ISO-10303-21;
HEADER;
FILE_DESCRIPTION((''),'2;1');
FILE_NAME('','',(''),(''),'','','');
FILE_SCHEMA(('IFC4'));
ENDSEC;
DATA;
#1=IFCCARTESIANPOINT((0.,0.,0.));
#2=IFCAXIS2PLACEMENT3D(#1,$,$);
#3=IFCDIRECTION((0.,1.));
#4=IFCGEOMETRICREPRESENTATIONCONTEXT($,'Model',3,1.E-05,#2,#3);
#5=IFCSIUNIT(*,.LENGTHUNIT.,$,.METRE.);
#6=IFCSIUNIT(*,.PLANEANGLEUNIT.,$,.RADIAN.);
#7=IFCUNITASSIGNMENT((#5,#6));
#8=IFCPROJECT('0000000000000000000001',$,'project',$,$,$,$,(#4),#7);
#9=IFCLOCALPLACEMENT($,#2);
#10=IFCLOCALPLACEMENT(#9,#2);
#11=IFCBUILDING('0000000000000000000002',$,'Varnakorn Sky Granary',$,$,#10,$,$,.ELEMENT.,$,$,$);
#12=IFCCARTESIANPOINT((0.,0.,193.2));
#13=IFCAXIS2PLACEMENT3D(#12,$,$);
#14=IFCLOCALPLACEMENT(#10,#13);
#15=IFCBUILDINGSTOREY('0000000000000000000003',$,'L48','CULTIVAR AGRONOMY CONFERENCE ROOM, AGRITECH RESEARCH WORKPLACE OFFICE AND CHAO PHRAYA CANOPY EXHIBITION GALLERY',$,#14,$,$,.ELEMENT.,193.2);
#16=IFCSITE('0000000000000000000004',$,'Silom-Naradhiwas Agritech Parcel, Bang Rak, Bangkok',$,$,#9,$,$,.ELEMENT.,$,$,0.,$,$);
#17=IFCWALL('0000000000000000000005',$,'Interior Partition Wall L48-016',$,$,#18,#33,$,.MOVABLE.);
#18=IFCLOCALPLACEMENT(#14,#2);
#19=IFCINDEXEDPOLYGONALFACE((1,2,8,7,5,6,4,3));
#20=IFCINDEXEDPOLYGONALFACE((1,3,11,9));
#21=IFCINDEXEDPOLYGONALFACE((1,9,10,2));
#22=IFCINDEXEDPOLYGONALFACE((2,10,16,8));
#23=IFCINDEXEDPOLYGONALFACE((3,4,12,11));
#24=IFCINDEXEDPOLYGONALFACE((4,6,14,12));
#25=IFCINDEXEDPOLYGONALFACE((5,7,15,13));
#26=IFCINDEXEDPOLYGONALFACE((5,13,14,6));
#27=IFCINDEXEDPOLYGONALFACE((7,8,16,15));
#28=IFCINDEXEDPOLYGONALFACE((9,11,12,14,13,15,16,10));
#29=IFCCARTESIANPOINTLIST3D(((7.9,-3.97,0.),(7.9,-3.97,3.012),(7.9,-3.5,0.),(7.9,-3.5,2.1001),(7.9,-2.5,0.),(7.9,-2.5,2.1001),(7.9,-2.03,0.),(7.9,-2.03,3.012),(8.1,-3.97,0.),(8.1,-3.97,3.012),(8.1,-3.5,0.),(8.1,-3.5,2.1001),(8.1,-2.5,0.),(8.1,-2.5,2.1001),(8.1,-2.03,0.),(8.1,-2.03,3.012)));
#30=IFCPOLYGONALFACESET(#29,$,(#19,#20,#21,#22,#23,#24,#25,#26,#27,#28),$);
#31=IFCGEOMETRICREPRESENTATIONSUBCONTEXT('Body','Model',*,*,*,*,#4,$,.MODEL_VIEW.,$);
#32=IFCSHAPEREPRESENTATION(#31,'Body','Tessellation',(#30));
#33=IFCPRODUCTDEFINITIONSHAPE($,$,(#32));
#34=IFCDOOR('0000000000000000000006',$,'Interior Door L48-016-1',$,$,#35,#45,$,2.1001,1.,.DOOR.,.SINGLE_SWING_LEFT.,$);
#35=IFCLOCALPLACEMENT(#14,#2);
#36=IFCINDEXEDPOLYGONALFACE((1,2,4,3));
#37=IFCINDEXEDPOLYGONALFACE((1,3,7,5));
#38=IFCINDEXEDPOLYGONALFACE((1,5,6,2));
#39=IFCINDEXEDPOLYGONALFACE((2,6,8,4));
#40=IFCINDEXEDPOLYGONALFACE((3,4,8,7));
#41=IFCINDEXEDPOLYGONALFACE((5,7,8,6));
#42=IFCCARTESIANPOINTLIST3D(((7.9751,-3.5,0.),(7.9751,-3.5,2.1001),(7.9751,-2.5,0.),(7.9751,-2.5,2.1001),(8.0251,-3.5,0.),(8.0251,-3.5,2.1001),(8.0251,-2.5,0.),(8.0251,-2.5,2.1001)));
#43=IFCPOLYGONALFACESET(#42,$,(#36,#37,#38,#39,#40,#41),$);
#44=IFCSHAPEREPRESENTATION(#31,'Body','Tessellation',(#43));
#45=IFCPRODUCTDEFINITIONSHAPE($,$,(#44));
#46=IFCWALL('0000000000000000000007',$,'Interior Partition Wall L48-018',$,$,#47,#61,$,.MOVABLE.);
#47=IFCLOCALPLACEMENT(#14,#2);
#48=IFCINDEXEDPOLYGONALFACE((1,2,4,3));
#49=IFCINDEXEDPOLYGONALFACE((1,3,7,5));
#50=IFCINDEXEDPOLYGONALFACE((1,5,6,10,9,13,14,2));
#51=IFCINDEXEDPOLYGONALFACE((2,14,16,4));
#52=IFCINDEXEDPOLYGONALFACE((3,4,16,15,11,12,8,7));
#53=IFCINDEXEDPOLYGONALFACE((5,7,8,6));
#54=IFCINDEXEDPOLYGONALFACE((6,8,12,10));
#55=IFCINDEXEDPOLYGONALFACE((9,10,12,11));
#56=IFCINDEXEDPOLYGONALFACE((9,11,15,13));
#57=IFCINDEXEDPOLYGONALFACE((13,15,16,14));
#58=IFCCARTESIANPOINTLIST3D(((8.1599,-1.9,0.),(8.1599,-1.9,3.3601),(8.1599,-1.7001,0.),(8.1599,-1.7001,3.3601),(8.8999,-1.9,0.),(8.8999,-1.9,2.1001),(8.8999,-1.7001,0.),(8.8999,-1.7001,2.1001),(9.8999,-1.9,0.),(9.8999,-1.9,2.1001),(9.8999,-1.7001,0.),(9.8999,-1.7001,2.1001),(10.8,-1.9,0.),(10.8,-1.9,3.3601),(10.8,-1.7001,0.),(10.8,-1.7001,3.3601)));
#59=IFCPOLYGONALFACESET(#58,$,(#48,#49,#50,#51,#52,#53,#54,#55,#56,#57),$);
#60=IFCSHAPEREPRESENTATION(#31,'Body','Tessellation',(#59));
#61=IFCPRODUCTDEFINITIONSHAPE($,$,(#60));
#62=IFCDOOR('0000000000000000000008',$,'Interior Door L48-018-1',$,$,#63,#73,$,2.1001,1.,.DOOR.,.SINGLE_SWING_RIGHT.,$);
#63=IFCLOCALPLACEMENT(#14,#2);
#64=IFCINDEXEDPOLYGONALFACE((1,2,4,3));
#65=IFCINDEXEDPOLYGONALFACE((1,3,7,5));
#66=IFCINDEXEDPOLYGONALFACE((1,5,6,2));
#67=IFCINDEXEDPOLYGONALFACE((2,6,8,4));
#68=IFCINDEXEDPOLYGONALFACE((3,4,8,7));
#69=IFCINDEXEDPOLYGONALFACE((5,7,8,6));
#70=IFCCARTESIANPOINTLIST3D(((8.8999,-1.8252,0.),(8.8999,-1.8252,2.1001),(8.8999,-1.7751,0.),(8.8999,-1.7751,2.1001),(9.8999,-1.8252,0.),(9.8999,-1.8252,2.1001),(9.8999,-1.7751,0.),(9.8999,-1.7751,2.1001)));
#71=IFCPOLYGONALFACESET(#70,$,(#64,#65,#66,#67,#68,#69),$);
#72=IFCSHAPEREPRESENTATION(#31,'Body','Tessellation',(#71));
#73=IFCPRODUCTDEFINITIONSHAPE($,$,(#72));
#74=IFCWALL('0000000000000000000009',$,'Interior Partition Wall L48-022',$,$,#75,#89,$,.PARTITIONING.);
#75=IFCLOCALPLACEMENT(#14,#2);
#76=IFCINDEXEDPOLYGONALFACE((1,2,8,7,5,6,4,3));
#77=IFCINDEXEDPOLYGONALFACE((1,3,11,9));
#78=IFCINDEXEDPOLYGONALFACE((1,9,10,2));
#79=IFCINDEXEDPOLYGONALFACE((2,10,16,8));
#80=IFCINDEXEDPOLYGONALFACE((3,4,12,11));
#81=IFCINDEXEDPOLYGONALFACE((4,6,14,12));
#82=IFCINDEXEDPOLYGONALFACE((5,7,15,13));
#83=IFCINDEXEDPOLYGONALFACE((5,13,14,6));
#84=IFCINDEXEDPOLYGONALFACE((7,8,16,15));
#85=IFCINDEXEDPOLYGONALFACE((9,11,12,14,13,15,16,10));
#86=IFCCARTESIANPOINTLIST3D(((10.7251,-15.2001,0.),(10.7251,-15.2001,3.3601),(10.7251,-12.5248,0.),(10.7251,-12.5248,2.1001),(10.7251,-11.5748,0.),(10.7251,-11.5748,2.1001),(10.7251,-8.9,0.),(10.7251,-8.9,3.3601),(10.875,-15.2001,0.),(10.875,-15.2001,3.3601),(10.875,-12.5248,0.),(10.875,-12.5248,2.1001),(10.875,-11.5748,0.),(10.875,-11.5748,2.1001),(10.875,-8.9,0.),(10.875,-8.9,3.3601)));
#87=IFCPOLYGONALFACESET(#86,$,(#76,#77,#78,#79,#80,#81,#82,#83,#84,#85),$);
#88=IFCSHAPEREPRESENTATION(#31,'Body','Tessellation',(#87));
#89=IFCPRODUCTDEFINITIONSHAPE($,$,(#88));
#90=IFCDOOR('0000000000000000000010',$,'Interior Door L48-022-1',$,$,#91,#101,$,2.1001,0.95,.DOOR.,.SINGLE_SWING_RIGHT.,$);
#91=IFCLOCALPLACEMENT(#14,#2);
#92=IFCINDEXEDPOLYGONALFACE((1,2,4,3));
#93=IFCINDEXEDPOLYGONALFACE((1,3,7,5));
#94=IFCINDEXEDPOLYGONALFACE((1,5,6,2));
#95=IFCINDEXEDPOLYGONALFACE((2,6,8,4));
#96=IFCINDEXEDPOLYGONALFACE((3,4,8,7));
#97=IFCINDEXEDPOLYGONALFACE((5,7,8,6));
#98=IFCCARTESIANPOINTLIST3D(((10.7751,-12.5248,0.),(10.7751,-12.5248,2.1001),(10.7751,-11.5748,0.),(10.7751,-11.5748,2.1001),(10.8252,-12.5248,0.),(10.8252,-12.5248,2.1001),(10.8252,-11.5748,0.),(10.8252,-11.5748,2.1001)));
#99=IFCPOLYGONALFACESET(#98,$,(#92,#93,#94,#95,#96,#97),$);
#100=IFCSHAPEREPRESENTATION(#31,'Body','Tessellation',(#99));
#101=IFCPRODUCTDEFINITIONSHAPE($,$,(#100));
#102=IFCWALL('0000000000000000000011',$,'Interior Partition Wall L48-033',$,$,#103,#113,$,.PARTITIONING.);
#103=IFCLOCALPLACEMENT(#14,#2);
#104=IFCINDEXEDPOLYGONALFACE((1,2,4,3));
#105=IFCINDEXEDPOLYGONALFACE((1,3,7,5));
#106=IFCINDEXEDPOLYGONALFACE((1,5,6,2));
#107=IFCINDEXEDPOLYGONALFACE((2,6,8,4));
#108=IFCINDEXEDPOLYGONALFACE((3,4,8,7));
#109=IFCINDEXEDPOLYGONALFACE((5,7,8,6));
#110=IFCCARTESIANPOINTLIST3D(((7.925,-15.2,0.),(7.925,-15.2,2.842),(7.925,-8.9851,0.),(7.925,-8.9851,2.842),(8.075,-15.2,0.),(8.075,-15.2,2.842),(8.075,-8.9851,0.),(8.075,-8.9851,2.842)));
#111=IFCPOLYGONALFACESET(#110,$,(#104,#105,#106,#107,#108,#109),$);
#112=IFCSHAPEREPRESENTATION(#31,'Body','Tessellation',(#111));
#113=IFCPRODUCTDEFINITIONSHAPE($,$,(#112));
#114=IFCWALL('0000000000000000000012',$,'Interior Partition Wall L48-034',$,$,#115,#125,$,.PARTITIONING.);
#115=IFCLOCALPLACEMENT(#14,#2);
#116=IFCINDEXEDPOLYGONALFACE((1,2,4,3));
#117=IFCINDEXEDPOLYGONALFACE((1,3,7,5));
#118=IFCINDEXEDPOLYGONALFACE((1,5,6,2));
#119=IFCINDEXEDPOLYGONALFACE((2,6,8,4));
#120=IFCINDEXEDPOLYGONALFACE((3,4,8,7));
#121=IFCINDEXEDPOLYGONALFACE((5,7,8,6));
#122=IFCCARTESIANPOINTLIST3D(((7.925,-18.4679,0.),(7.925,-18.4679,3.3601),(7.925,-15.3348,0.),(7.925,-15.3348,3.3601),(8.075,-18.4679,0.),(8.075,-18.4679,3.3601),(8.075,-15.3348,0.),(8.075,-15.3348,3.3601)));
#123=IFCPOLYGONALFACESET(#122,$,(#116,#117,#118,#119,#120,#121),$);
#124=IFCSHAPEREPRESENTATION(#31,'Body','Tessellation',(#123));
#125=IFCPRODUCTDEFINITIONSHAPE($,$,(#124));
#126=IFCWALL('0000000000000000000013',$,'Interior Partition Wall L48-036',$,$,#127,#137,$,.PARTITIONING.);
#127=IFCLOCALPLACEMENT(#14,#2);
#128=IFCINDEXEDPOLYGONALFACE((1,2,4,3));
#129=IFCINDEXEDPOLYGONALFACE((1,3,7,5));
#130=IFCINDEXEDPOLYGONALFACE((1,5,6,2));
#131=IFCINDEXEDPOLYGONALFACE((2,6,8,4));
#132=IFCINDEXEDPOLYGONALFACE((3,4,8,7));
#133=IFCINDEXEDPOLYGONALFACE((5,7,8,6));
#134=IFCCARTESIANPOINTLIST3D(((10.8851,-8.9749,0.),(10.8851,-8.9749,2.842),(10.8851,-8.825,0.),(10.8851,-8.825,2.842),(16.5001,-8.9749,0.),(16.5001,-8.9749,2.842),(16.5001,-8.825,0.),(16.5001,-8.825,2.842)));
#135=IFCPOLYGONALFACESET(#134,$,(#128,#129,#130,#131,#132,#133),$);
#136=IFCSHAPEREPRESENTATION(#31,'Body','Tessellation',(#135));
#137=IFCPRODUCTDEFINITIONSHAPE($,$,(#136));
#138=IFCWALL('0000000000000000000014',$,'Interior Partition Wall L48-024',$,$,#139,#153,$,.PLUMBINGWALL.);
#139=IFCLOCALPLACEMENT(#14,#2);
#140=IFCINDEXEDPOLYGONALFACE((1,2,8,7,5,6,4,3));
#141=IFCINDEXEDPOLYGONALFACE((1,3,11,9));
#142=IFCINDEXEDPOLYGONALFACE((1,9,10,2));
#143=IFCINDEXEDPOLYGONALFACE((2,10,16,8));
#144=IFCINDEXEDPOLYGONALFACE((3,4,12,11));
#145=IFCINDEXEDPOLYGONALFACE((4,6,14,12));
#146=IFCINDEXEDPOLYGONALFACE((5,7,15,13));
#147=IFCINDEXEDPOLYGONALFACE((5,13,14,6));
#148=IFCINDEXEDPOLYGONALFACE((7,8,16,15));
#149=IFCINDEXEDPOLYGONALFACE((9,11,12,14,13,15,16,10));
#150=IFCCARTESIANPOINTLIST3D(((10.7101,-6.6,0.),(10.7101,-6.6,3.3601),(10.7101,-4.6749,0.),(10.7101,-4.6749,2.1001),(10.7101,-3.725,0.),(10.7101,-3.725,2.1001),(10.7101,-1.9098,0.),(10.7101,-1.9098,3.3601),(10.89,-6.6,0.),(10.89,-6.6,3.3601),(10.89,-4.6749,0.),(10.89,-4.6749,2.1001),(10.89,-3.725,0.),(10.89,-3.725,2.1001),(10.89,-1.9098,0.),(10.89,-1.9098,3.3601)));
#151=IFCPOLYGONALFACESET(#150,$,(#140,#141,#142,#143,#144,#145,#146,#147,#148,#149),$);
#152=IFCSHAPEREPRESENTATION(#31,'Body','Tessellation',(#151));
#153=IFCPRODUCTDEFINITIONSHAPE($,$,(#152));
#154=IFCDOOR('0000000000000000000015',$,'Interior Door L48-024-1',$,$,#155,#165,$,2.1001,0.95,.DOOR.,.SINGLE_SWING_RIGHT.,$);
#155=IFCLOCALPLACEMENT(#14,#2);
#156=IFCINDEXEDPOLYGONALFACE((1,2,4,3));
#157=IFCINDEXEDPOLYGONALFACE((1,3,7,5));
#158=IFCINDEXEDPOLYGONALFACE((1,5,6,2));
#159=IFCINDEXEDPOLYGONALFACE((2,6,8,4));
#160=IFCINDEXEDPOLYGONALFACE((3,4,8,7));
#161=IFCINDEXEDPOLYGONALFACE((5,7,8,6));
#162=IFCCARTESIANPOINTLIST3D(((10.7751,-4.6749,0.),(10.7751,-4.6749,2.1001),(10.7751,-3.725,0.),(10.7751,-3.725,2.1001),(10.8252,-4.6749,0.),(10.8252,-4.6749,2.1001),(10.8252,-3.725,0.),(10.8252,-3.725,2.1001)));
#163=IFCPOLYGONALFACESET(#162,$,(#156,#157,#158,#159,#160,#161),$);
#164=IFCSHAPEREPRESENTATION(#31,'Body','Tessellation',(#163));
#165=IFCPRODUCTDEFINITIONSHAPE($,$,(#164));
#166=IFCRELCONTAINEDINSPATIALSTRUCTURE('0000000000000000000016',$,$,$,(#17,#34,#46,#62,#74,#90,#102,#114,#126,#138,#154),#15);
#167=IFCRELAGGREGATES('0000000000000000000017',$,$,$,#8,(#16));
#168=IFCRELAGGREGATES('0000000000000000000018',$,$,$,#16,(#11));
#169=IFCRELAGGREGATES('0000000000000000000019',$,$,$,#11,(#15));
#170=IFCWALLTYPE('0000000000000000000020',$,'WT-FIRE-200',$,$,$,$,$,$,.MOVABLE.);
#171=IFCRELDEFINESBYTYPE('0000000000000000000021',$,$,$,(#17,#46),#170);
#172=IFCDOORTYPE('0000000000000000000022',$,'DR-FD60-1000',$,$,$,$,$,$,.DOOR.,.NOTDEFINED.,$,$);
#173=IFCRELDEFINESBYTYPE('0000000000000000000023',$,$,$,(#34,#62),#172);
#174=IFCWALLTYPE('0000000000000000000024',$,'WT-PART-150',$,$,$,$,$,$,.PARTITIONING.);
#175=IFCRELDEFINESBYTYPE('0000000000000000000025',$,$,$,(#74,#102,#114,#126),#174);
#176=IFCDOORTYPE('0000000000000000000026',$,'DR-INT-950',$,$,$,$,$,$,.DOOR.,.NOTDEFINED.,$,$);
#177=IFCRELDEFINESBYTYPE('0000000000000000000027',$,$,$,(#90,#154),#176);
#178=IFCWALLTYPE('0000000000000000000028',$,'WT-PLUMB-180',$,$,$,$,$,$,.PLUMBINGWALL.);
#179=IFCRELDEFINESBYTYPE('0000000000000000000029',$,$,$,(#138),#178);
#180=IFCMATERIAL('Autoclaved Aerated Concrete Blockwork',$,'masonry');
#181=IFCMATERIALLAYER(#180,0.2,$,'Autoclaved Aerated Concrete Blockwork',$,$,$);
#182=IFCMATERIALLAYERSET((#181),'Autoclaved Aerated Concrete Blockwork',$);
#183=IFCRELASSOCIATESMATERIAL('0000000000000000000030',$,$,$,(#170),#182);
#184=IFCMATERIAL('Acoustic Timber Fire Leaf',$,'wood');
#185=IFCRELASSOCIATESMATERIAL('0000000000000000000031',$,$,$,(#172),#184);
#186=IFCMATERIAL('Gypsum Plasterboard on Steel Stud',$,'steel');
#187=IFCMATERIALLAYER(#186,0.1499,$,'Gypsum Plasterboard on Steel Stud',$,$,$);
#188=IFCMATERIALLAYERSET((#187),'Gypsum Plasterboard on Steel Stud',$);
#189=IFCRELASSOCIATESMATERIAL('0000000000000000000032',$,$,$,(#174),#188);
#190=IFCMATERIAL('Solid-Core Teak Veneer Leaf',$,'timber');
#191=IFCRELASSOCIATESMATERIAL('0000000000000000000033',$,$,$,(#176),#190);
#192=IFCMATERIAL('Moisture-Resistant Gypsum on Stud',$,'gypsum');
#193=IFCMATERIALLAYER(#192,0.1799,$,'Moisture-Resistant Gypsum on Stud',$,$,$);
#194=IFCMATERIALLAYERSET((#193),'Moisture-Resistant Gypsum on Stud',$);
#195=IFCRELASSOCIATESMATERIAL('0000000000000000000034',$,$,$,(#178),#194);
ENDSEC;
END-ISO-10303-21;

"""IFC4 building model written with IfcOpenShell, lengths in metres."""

from ifc_helpers import new_model, si_unit, direction, frame, frame_2d, origin, place, context, subcontext, project, spatial, rectangle, extrude, material, layer, layer_set, type_object, element, fill, save


model = new_model("IFC4")

# Units and contexts
model_context = context("Model", 3, precision=1e-05, world=origin(), true_north=direction((0.0, 1.0)))
body_context = subcontext(model_context, "Body", "Model", "MODEL_VIEW")
ifc_project = project(units=[si_unit("LENGTHUNIT", "METRE"), si_unit("PLANEANGLEUNIT", "RADIAN")], contexts=[model_context])

# Site, building, storey
site_placement = place(None, origin())
site = spatial("IfcSite", under=ifc_project, at=site_placement, Name="Silom-Naradhiwas Agritech Parcel, Bang Rak, Bangkok", CompositionType="ELEMENT", RefElevation=0.0)
building_placement = place(site_placement, origin())
building = spatial("IfcBuilding", under=site, at=building_placement, Name="Varnakorn Sky Granary", CompositionType="ELEMENT")
storey_placement = place(building_placement, frame((0.0, 0.0, 193.2)))
storey = spatial("IfcBuildingStorey", under=building, at=storey_placement, Name="L48", Description="CULTIVAR AGRONOMY CONFERENCE ROOM, AGRITECH RESEARCH WORKPLACE OFFICE AND CHAO PHRAYA CANOPY EXHIBITION GALLERY", CompositionType="ELEMENT", Elevation=193.2)

# Walls, openings, doors
ifc_material_1 = material(Name="Autoclaved Aerated Concrete Blockwork", Category="masonry")
ifc_layer_1 = layer(ifc_material_1, 0.2, Name="Autoclaved Aerated Concrete Blockwork")
ifc_layer_set_1 = layer_set([ifc_layer_1], Name="Autoclaved Aerated Concrete Blockwork")
wall_type_1 = type_object("IfcWallType", Name="WT-FIRE-200", PredefinedType="MOVABLE", material=ifc_layer_set_1)
wall_1_placement = place(storey_placement, frame((8.0, -3.97, 0.0), z_axis=(0.0, 0.0, 1.0), x_axis=(0.0, 1.0, 0.0)))
wall_1 = element("IfcWall", 1, at=wall_1_placement, inside=storey, type_object=wall_type_1, Name="Interior Partition Wall L48-016", PredefinedType="MOVABLE", context=body_context, shape_type="SweptSolid", body=[
    extrude(rectangle(XDim=1.9399, YDim=0.2, at=frame_2d((0.97, 0.0))), origin(), (0.0, 0.0, 1.0), 3.012),
])
opening_1_placement = place(wall_1_placement, frame((0.47, 0.0, 0.0)))
opening_1 = element("IfcOpeningElement", 2, at=opening_1_placement, cuts=wall_1, PredefinedType="OPENING", context=body_context, shape_type="SweptSolid", body=[
    extrude(rectangle(XDim=1.0, YDim=2.1001, at=frame_2d((0.5, 1.05))), frame((0.0, 0.1099, 0.0), z_axis=(0.0, -1.0, 0.0), x_axis=(1.0, 0.0, 0.0)), (0.0, 0.0, 1.0), 0.22),
])
ifc_material_2 = material(Name="Acoustic Timber Fire Leaf", Category="wood")
door_type_1 = type_object("IfcDoorType", Name="DR-FD60-1000", OperationType="NOTDEFINED", PredefinedType="DOOR", material=ifc_material_2)
door_1_placement = place(opening_1_placement, origin())
door_1 = element("IfcDoor", 3, at=door_1_placement, inside=storey, type_object=door_type_1, Name="Interior Door L48-016-1", OperationType="SINGLE_SWING_LEFT", OverallHeight=2.1001, OverallWidth=1.0, PredefinedType="DOOR", context=body_context, shape_type="SweptSolid", body=[
    extrude(rectangle(XDim=1.0, YDim=2.1001, at=frame_2d((0.5, 1.05))), frame((0.0, 0.0249, 0.0), z_axis=(0.0, -1.0, 0.0), x_axis=(1.0, 0.0, 0.0)), (0.0, 0.0, 1.0), 0.05),
])
fill(opening_1, door_1)
wall_2_placement = place(storey_placement, frame((8.1599, -1.8, 0.0), z_axis=(0.0, 0.0, 1.0), x_axis=(1.0, 0.0, 0.0)))
wall_2 = element("IfcWall", 4, at=wall_2_placement, inside=storey, type_object=wall_type_1, Name="Interior Partition Wall L48-018", PredefinedType="MOVABLE", context=body_context, shape_type="SweptSolid", body=[
    extrude(rectangle(XDim=2.6401, YDim=0.2, at=frame_2d((1.3201, 0.0))), origin(), (0.0, 0.0, 1.0), 3.3601),
])
opening_2_placement = place(wall_2_placement, frame((0.74, 0.0, 0.0)))
opening_2 = element("IfcOpeningElement", 5, at=opening_2_placement, cuts=wall_2, PredefinedType="OPENING", context=body_context, shape_type="SweptSolid", body=[
    extrude(rectangle(XDim=1.0, YDim=2.1001, at=frame_2d((0.5, 1.05))), frame((0.0, 0.1099, 0.0), z_axis=(0.0, -1.0, 0.0), x_axis=(1.0, 0.0, 0.0)), (0.0, 0.0, 1.0), 0.22),
])
door_2_placement = place(opening_2_placement, origin())
door_2 = element("IfcDoor", 6, at=door_2_placement, inside=storey, type_object=door_type_1, Name="Interior Door L48-018-1", OperationType="SINGLE_SWING_RIGHT", OverallHeight=2.1001, OverallWidth=1.0, PredefinedType="DOOR", context=body_context, shape_type="SweptSolid", body=[
    extrude(rectangle(XDim=1.0, YDim=2.1001, at=frame_2d((0.5, 1.05))), frame((0.0, 0.0249, 0.0), z_axis=(0.0, -1.0, 0.0), x_axis=(1.0, 0.0, 0.0)), (0.0, 0.0, 1.0), 0.05),
])
fill(opening_2, door_2)
ifc_material_3 = material(Name="Gypsum Plasterboard on Steel Stud", Category="steel")
ifc_layer_2 = layer(ifc_material_3, 0.1499, Name="Gypsum Plasterboard on Steel Stud")
ifc_layer_set_2 = layer_set([ifc_layer_2], Name="Gypsum Plasterboard on Steel Stud")
wall_type_2 = type_object("IfcWallType", Name="WT-PART-150", PredefinedType="PARTITIONING", material=ifc_layer_set_2)
wall_3_placement = place(storey_placement, frame((10.8, -15.2, 0.0), z_axis=(0.0, 0.0, 1.0), x_axis=(0.0, 1.0, 0.0)))
wall_3 = element("IfcWall", 7, at=wall_3_placement, inside=storey, type_object=wall_type_2, Name="Interior Partition Wall L48-022", PredefinedType="PARTITIONING", context=body_context, shape_type="SweptSolid", body=[
    extrude(rectangle(XDim=6.3, YDim=0.1499, at=frame_2d((3.1499, 0.0))), origin(), (0.0, 0.0, 1.0), 3.3601),
])
opening_3_placement = place(wall_3_placement, frame((2.675, 0.0, 0.0)))
opening_3 = element("IfcOpeningElement", 8, at=opening_3_placement, cuts=wall_3, PredefinedType="OPENING", context=body_context, shape_type="SweptSolid", body=[
    extrude(rectangle(XDim=0.95, YDim=2.1001, at=frame_2d((0.4751, 1.05))), frame((0.0, 0.085, 0.0), z_axis=(0.0, -1.0, 0.0), x_axis=(1.0, 0.0, 0.0)), (0.0, 0.0, 1.0), 0.1699),
])
ifc_material_4 = material(Name="Solid-Core Teak Veneer Leaf", Category="timber")
door_type_2 = type_object("IfcDoorType", Name="DR-INT-950", OperationType="NOTDEFINED", PredefinedType="DOOR", material=ifc_material_4)
door_3_placement = place(opening_3_placement, origin())
door_3 = element("IfcDoor", 9, at=door_3_placement, inside=storey, type_object=door_type_2, Name="Interior Door L48-022-1", OperationType="SINGLE_SWING_RIGHT", OverallHeight=2.1001, OverallWidth=0.95, PredefinedType="DOOR", context=body_context, shape_type="SweptSolid", body=[
    extrude(rectangle(XDim=0.95, YDim=2.1001, at=frame_2d((0.4751, 1.05))), frame((0.0, 0.0249, 0.0), z_axis=(0.0, -1.0, 0.0), x_axis=(1.0, 0.0, 0.0)), (0.0, 0.0, 1.0), 0.05),
])
fill(opening_3, door_3)

# Walls
wall_4_placement = place(storey_placement, frame((8.0, -8.9851, 0.0), z_axis=(0.0, 0.0, 1.0), x_axis=(0.0, -1.0, 0.0)))
element("IfcWall", 10, at=wall_4_placement, inside=storey, type_object=wall_type_2, Name="Interior Partition Wall L48-033", PredefinedType="PARTITIONING", context=body_context, shape_type="SweptSolid", body=[
    extrude(rectangle(XDim=6.2148, YDim=0.1499, at=frame_2d((3.1074, 0.0))), origin(), (0.0, 0.0, 1.0), 2.842),
])
wall_5_placement = place(storey_placement, frame((8.0, -15.335, 0.0), z_axis=(0.0, 0.0, 1.0), x_axis=(0.0, -1.0, 0.0)))
element("IfcWall", 11, at=wall_5_placement, inside=storey, type_object=wall_type_2, Name="Interior Partition Wall L48-034", PredefinedType="PARTITIONING", context=body_context, shape_type="SweptSolid", body=[
    extrude(rectangle(XDim=3.1331, YDim=0.1499, at=frame_2d((1.5664, 0.0))), origin(), (0.0, 0.0, 1.0), 3.3601),
])
wall_6_placement = place(storey_placement, frame((10.885, -8.8999, 0.0), z_axis=(0.0, 0.0, 1.0), x_axis=(1.0, 0.0, 0.0)))
element("IfcWall", 12, at=wall_6_placement, inside=storey, type_object=wall_type_2, Name="Interior Partition Wall L48-036", PredefinedType="PARTITIONING", context=body_context, shape_type="SweptSolid", body=[
    extrude(rectangle(XDim=5.615, YDim=0.1499, at=frame_2d((2.8076, 0.0))), origin(), (0.0, 0.0, 1.0), 2.842),
])

# Wall, opening, door
ifc_material_5 = material(Name="Moisture-Resistant Gypsum on Stud", Category="gypsum")
ifc_layer_3 = layer(ifc_material_5, 0.1799, Name="Moisture-Resistant Gypsum on Stud")
ifc_layer_set_3 = layer_set([ifc_layer_3], Name="Moisture-Resistant Gypsum on Stud")
wall_type_3 = type_object("IfcWallType", Name="WT-PLUMB-180", PredefinedType="PLUMBINGWALL", material=ifc_layer_set_3)
wall_7_placement = place(storey_placement, frame((10.8, -6.6001, 0.0), z_axis=(0.0, 0.0, 1.0), x_axis=(0.0, 1.0, 0.0)))
wall_7 = element("IfcWall", 13, at=wall_7_placement, inside=storey, type_object=wall_type_3, Name="Interior Partition Wall L48-024", PredefinedType="PLUMBINGWALL", context=body_context, shape_type="SweptSolid", body=[
    extrude(rectangle(XDim=4.6902, YDim=0.1799, at=frame_2d((2.3452, 0.0))), origin(), (0.0, 0.0, 1.0), 3.3601),
])
opening_4_placement = place(wall_7_placement, frame((1.925, 0.0, 0.0)))
opening_4 = element("IfcOpeningElement", 14, at=opening_4_placement, cuts=wall_7, PredefinedType="OPENING", context=body_context, shape_type="SweptSolid", body=[
    extrude(rectangle(XDim=0.95, YDim=2.1001, at=frame_2d((0.4751, 1.05))), frame((0.0, 0.1001, 0.0), z_axis=(0.0, -1.0, 0.0), x_axis=(1.0, 0.0, 0.0)), (0.0, 0.0, 1.0), 0.2),
])
door_4_placement = place(opening_4_placement, origin())
door_4 = element("IfcDoor", 15, at=door_4_placement, inside=storey, type_object=door_type_2, Name="Interior Door L48-024-1", OperationType="SINGLE_SWING_RIGHT", OverallHeight=2.1001, OverallWidth=0.95, PredefinedType="DOOR", context=body_context, shape_type="SweptSolid", body=[
    extrude(rectangle(XDim=0.95, YDim=2.1001, at=frame_2d((0.4751, 1.05))), frame((0.0, 0.0249, 0.0), z_axis=(0.0, -1.0, 0.0), x_axis=(1.0, 0.0, 0.0)), (0.0, 0.0, 1.0), 0.05),
])
fill(opening_4, door_4)

save(model, "model.ifc")
